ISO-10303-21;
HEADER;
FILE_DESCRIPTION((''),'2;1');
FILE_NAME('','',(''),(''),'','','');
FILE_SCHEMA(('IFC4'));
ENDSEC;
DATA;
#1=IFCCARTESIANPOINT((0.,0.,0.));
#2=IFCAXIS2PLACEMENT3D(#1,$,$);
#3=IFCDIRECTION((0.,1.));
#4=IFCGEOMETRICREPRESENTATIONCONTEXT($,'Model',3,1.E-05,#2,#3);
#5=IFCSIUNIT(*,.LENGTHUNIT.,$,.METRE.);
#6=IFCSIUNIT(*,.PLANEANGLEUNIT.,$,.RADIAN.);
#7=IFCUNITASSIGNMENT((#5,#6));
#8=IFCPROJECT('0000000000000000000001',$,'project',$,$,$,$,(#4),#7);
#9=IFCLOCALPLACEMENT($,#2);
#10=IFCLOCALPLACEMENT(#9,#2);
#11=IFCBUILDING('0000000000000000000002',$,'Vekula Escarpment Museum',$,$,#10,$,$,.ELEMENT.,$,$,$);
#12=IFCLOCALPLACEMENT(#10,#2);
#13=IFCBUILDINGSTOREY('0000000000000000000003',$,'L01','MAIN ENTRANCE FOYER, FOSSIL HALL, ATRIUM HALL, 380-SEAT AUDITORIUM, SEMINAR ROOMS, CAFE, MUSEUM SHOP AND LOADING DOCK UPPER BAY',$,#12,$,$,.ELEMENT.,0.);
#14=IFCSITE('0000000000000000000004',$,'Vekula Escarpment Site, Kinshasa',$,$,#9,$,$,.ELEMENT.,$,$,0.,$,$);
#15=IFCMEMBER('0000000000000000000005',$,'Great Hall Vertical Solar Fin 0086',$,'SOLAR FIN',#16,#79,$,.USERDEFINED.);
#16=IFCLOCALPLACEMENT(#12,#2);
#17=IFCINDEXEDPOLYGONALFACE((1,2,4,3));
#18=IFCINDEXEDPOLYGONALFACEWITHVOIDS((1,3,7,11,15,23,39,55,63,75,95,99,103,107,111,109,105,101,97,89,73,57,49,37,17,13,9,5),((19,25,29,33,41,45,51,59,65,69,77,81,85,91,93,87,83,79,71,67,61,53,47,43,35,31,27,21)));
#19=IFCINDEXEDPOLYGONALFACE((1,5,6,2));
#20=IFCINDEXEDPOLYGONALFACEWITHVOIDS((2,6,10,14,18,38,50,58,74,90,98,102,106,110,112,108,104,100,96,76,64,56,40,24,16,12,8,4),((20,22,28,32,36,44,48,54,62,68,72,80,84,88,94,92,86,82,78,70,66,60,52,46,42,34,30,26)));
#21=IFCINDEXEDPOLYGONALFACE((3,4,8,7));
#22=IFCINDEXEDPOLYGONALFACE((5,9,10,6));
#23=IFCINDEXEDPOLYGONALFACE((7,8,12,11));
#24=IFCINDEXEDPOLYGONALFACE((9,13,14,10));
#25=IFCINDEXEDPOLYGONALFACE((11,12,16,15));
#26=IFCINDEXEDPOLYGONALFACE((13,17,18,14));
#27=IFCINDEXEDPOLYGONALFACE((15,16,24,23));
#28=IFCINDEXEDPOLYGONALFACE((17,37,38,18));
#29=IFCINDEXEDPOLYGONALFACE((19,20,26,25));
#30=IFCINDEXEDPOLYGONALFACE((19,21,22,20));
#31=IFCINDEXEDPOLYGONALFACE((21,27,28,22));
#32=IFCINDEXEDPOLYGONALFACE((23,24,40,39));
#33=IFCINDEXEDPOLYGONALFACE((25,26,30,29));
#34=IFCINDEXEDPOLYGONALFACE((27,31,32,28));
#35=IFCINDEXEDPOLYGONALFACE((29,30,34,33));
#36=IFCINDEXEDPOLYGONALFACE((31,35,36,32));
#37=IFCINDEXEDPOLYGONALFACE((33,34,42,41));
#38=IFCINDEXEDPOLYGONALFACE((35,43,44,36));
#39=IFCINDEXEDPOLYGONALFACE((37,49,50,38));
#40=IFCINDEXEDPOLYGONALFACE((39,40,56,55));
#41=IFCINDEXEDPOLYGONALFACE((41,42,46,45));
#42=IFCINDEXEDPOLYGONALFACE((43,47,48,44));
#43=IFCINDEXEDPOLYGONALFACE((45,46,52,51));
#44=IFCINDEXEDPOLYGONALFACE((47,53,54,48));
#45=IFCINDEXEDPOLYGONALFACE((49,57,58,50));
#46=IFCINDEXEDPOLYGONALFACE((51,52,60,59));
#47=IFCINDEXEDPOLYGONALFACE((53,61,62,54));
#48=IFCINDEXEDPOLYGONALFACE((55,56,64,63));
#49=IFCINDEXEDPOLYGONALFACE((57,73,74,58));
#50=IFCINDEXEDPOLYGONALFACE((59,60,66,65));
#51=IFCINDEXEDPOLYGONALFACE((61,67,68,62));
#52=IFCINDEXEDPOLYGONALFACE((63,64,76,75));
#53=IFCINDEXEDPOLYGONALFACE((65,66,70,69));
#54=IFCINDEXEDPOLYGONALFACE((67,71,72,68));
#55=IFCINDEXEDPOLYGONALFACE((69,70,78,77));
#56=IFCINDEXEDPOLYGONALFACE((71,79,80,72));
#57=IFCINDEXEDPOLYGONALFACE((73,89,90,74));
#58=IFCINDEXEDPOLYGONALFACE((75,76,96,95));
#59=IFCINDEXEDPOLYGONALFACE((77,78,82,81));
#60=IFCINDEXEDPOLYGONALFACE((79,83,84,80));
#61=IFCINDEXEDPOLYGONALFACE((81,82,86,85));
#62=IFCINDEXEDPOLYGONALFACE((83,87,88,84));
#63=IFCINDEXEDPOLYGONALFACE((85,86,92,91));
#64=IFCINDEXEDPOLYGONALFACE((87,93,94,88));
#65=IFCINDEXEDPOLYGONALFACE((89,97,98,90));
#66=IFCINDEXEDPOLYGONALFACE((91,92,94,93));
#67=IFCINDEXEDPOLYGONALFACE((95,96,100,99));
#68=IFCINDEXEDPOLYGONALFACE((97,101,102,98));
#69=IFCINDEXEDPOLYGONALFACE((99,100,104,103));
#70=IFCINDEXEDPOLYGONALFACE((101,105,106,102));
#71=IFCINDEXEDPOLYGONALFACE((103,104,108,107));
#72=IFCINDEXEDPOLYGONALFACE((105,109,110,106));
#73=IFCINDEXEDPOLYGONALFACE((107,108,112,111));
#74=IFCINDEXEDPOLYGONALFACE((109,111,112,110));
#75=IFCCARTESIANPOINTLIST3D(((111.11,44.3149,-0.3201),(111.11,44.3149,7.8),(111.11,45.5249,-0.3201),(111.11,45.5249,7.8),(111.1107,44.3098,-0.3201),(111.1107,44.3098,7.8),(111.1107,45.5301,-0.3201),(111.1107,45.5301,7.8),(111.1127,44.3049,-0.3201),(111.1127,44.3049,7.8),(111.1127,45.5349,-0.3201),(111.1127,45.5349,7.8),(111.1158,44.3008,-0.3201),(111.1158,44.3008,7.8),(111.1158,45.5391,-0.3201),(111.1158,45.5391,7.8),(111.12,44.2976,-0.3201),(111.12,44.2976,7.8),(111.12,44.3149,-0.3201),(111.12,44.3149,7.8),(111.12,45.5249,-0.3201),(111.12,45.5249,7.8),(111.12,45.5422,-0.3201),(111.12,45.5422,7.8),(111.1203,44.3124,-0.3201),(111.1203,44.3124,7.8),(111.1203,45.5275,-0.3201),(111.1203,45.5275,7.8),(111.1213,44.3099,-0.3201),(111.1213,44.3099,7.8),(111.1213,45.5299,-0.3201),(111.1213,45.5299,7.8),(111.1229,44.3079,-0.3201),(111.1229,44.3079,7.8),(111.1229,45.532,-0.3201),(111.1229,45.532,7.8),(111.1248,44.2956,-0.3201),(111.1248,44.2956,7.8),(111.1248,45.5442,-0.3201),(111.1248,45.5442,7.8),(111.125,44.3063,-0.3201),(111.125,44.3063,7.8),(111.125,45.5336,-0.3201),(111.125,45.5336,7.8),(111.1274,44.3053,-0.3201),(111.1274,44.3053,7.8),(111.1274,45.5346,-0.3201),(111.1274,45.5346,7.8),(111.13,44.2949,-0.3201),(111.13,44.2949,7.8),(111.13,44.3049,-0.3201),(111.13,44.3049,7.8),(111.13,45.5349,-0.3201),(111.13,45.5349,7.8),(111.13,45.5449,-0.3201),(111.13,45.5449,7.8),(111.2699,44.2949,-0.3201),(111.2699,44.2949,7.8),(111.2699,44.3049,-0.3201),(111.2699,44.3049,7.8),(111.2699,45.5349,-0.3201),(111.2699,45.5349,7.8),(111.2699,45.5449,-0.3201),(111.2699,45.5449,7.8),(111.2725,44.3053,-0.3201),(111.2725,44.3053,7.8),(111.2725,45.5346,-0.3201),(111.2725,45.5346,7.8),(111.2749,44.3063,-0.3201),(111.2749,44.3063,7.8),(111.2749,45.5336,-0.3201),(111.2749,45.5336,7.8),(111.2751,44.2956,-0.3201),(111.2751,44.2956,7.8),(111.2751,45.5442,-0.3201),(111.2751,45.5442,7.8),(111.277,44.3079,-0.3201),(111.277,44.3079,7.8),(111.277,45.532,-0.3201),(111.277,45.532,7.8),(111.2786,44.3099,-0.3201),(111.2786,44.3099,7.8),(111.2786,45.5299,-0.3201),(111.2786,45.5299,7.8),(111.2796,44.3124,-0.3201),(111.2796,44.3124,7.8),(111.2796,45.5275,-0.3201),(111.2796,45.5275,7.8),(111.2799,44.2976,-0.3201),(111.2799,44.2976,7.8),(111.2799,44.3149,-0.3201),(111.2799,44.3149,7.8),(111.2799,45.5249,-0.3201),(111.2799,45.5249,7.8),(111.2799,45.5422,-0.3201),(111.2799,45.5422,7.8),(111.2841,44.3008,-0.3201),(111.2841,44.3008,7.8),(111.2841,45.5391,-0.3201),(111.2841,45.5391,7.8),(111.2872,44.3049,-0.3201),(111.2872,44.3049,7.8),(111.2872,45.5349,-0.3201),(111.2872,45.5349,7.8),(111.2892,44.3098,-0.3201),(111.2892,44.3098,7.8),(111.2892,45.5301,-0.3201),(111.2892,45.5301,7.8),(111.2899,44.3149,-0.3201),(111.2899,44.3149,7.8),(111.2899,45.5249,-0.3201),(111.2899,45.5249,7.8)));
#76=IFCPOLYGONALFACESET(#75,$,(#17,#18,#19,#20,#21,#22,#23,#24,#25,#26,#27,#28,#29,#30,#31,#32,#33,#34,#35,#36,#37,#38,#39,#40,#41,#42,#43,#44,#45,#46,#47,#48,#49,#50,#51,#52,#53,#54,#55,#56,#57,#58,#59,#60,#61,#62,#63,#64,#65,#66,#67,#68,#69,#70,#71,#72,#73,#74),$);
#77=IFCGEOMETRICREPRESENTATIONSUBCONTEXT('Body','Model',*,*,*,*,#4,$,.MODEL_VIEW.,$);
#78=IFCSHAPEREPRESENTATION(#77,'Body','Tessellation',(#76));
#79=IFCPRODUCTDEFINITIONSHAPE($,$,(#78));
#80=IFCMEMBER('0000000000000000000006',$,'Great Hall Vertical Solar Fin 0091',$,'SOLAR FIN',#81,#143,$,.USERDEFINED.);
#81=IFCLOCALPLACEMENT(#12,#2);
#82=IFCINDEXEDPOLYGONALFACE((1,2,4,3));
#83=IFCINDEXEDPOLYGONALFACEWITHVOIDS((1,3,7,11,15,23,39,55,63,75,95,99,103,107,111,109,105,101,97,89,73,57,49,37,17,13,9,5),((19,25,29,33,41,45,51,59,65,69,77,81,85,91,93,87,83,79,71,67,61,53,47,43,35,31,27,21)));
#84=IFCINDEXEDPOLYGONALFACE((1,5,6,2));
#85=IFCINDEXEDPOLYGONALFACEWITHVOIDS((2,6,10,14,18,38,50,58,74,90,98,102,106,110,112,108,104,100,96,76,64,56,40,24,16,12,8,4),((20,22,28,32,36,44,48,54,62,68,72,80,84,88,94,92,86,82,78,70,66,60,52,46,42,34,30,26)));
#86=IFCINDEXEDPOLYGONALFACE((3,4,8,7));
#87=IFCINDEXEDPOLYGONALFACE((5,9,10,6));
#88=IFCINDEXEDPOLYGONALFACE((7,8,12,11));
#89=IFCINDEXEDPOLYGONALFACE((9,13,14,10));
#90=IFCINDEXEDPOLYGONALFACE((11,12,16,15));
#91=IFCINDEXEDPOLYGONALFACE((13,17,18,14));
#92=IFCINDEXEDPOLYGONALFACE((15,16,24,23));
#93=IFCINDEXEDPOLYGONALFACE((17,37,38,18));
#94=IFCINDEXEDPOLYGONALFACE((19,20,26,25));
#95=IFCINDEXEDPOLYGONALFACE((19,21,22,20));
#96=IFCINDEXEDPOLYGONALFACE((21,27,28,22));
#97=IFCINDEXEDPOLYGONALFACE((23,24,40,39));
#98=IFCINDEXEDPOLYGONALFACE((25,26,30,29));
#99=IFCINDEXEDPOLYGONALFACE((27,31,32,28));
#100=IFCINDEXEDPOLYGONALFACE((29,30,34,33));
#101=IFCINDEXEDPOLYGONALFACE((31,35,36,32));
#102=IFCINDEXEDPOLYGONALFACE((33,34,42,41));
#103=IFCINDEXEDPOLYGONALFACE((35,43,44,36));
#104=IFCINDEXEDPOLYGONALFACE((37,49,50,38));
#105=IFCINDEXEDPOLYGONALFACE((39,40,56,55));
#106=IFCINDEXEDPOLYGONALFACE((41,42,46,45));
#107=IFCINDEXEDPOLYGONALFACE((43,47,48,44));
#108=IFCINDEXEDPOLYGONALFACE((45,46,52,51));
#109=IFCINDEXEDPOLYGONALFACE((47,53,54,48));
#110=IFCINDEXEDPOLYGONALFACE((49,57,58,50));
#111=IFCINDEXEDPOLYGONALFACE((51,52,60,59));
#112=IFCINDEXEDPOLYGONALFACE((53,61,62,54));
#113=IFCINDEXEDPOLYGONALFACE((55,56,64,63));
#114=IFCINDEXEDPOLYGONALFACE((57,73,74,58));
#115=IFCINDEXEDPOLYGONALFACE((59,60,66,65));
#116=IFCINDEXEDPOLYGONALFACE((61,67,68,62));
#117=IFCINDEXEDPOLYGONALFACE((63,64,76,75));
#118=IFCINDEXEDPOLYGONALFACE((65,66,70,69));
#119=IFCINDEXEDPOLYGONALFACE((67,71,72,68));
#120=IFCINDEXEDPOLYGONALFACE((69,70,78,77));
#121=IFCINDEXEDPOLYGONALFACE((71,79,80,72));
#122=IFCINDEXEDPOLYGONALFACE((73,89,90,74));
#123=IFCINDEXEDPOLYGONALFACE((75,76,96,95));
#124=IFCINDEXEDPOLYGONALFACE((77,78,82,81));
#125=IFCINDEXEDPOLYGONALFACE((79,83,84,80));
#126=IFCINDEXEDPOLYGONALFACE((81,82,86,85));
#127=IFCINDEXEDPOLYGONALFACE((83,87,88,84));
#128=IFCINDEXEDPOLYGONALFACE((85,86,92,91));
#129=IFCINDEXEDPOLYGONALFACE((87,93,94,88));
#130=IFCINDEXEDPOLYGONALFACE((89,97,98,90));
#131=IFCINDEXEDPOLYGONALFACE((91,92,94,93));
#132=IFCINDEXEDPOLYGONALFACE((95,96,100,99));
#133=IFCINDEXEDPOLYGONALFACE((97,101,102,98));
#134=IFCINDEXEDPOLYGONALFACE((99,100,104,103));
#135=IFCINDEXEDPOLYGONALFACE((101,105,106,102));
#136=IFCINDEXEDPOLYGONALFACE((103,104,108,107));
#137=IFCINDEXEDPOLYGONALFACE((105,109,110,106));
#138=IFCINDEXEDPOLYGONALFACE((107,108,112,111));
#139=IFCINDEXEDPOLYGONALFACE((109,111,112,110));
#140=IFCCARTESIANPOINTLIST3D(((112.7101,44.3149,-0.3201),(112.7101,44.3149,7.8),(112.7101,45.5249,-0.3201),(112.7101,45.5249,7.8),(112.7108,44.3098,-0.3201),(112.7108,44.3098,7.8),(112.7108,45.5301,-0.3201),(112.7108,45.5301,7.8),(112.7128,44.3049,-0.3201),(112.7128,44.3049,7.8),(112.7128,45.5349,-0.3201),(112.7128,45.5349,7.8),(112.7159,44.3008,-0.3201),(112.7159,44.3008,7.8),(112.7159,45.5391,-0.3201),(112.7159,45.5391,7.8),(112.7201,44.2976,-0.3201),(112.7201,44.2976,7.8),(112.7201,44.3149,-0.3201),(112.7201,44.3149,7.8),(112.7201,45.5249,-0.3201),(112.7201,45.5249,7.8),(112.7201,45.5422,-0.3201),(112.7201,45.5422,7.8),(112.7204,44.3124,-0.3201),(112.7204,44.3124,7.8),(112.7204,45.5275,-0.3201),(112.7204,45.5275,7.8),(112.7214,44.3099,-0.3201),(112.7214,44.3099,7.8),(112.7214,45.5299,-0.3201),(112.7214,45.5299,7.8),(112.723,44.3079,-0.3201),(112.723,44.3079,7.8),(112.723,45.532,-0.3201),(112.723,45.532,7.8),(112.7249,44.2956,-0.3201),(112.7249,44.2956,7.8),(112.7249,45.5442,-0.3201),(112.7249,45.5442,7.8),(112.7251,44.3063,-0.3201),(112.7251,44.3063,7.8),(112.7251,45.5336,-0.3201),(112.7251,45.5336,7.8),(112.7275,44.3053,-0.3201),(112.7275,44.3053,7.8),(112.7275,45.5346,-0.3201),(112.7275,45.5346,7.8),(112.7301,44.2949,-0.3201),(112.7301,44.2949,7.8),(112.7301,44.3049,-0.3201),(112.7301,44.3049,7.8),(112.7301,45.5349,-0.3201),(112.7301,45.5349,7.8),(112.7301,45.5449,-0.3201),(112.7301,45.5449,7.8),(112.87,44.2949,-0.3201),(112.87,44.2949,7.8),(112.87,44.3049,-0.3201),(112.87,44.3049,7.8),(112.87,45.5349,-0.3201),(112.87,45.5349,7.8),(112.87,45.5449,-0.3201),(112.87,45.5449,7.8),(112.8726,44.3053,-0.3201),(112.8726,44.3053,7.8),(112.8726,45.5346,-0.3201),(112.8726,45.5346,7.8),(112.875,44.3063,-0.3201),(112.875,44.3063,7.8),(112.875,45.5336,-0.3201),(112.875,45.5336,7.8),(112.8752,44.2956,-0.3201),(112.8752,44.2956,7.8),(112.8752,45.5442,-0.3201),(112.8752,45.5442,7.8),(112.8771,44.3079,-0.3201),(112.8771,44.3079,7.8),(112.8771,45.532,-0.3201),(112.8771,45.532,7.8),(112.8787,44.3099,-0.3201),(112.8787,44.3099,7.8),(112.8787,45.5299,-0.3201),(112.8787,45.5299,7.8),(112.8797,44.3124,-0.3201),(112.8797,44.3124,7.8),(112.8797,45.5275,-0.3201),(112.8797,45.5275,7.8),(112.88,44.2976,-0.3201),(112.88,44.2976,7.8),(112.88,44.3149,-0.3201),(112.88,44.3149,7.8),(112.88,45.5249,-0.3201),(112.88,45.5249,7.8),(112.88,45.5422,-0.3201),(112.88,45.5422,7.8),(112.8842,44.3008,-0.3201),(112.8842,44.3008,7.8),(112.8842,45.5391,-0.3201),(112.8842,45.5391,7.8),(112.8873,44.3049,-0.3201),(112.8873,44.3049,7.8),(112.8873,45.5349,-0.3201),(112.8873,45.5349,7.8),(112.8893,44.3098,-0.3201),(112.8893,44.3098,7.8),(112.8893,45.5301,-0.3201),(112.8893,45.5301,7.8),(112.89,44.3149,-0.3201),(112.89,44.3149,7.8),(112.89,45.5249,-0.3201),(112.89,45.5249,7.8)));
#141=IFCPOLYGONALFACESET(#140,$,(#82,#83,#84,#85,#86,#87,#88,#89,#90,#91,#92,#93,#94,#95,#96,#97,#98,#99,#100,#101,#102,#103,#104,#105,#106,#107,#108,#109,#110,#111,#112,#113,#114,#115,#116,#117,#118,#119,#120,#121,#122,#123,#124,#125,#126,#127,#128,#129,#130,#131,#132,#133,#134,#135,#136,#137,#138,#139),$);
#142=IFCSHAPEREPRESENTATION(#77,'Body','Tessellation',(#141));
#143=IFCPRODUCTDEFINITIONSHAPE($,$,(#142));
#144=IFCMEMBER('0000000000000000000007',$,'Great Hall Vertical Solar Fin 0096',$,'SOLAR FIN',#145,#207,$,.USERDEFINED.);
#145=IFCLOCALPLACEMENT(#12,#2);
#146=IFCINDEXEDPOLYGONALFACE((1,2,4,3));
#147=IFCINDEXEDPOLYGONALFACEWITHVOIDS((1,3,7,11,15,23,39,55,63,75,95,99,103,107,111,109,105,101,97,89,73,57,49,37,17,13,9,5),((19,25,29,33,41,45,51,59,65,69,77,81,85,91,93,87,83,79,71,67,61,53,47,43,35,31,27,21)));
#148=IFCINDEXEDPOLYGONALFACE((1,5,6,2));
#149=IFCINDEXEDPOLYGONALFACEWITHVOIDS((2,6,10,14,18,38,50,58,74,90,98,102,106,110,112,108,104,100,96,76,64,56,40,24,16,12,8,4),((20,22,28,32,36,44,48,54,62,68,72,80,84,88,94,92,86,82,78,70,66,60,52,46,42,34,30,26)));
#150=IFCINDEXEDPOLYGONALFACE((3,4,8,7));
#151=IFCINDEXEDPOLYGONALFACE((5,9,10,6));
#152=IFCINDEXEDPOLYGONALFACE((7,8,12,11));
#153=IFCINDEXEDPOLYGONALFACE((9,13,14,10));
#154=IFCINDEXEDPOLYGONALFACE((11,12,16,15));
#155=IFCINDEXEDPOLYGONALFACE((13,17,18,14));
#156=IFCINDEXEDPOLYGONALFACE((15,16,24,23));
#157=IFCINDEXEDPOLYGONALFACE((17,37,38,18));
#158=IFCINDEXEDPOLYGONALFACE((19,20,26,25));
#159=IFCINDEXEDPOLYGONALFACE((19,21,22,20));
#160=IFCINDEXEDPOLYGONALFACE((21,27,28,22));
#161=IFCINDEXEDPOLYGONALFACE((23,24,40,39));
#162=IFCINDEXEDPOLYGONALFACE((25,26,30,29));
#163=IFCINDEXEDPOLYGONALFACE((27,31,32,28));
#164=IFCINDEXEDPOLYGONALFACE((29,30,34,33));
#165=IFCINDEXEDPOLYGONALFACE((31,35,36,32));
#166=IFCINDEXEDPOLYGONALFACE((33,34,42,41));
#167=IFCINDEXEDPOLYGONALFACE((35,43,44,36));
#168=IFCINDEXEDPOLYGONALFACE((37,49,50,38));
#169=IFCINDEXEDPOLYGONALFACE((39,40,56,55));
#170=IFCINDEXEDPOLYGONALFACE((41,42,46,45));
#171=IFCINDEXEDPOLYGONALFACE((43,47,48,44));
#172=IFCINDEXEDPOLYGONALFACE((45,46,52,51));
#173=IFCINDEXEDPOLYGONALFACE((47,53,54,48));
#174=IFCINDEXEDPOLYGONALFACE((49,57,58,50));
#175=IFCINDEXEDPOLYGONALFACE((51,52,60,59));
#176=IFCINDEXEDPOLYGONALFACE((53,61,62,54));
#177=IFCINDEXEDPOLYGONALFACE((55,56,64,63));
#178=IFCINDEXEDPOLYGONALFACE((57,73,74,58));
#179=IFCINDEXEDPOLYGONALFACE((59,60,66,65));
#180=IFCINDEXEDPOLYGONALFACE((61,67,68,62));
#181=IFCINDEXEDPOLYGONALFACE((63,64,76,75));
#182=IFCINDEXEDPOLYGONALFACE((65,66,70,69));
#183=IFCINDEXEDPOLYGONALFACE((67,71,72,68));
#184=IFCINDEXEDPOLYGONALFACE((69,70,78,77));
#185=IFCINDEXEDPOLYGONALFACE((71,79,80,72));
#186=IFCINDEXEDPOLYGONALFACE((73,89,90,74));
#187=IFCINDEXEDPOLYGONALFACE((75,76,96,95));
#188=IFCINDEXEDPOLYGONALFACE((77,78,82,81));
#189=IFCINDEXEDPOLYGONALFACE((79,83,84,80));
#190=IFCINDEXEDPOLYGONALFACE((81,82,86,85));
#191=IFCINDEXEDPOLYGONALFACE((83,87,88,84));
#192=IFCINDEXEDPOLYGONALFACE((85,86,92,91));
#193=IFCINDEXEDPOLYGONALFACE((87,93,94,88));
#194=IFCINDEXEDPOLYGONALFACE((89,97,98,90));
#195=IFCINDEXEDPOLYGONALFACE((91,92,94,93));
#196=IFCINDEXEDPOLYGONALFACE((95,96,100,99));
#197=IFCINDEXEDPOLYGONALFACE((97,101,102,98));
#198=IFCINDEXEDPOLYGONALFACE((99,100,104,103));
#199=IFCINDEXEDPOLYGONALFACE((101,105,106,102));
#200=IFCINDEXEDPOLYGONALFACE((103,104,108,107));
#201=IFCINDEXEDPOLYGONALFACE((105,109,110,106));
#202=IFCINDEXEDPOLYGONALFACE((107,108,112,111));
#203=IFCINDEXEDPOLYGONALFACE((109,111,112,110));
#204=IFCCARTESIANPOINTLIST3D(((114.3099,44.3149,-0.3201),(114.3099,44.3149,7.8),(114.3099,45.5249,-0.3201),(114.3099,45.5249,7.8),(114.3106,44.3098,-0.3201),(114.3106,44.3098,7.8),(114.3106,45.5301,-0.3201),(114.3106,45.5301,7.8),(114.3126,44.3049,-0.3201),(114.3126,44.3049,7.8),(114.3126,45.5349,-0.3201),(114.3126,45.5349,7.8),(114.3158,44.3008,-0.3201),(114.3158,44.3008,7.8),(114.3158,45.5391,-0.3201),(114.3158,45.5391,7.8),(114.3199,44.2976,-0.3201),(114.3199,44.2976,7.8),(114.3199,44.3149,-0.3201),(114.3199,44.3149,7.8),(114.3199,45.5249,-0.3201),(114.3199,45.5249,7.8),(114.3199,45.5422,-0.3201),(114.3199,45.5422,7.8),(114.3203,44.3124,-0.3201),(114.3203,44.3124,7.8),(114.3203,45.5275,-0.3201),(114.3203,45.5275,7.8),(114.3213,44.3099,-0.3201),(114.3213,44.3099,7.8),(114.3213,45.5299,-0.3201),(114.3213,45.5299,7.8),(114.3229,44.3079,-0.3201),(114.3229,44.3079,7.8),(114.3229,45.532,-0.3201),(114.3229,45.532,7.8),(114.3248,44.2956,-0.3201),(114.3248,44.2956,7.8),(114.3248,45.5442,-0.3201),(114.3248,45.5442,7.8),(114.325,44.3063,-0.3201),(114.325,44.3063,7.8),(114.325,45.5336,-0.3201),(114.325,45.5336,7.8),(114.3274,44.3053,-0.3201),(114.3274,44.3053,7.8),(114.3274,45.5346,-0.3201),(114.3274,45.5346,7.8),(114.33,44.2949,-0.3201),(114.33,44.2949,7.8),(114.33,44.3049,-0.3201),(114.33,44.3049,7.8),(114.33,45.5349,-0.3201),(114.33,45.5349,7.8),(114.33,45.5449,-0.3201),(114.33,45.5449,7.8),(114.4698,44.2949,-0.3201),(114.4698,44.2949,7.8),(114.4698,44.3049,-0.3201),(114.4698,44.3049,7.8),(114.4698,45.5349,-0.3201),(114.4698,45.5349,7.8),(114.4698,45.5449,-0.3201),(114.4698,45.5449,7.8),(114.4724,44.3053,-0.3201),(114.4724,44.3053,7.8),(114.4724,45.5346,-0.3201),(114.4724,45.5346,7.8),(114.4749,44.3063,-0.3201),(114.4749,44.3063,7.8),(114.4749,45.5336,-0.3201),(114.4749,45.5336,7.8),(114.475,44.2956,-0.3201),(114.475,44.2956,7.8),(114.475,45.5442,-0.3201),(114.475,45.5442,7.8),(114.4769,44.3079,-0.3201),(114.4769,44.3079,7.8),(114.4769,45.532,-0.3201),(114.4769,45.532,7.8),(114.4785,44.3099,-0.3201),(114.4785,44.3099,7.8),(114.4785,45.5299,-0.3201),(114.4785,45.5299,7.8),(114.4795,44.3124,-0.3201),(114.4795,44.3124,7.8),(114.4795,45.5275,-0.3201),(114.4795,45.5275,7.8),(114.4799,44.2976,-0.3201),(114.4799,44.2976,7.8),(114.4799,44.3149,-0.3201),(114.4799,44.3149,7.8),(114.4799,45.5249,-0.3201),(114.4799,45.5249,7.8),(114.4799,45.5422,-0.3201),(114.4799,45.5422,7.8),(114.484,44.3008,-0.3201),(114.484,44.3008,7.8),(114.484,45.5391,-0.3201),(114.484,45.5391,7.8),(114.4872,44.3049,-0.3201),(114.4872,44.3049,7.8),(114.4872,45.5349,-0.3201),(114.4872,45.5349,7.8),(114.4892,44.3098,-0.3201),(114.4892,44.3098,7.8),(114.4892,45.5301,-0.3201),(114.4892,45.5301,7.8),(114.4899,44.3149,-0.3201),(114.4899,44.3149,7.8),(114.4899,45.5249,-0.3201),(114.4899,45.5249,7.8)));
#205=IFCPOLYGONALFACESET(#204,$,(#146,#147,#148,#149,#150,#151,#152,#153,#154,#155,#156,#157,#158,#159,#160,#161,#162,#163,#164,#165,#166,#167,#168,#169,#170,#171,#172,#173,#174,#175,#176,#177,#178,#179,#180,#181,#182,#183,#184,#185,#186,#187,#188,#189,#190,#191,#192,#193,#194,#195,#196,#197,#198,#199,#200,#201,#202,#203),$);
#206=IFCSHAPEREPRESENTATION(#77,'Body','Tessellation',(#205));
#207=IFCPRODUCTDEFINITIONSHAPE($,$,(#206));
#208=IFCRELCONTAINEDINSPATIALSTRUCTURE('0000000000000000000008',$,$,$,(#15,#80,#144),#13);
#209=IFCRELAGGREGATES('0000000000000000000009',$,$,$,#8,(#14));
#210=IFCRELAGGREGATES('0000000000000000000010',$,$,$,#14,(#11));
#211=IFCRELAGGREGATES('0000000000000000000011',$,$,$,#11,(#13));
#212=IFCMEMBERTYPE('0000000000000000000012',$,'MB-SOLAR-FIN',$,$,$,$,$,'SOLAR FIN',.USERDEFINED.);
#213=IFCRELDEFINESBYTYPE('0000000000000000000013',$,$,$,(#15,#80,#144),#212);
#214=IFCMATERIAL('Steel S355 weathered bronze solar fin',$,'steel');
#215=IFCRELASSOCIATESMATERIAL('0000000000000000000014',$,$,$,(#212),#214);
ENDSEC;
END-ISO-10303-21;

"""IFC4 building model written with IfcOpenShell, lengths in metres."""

from ifc_helpers import new_model, si_unit, direction, frame, origin, origin_2d, place, context, subcontext, project, spatial, hollow_rectangle, extrude, material, material_profile, profile_set, type_object, element, save


model = new_model("IFC4")

# Units and contexts
model_context = context("Model", 3, precision=1e-05, world=origin(), true_north=direction((0.0, 1.0)))
body_context = subcontext(model_context, "Body", "Model", "MODEL_VIEW")
ifc_project = project(units=[si_unit("LENGTHUNIT", "METRE"), si_unit("PLANEANGLEUNIT", "RADIAN")], contexts=[model_context])

# Site, building, storey
site_placement = place(None, origin())
site = spatial("IfcSite", under=ifc_project, at=site_placement, Name="Vekula Escarpment Site, Kinshasa", CompositionType="ELEMENT", RefElevation=0.0)
building_placement = place(site_placement, origin())
building = spatial("IfcBuilding", under=site, at=building_placement, Name="Vekula Escarpment Museum", CompositionType="ELEMENT")
storey_placement = place(building_placement, origin())
storey = spatial("IfcBuildingStorey", under=building, at=storey_placement, Name="L01", Description="MAIN ENTRANCE FOYER, FOSSIL HALL, ATRIUM HALL, 380-SEAT AUDITORIUM, SEMINAR ROOMS, CAFE, MUSEUM SHOP AND LOADING DOCK UPPER BAY", CompositionType="ELEMENT", Elevation=0.0)

# Members
ifc_material_1 = material(Name="Steel S355 weathered bronze solar fin", Category="steel")
ifc_material_profile_1 = material_profile(ifc_material_1, hollow_rectangle(XDim=0.1799, YDim=1.25, WallThickness=0.01, InnerFilletRadius=0.01, OuterFilletRadius=0.02, at=origin_2d()), Name="RHS 1250x180x10")
ifc_profile_set_1 = profile_set([ifc_material_profile_1], Name="Steel S355 weathered bronze solar fin")
member_type_1 = type_object("IfcMemberType", Name="MB-SOLAR-FIN", ElementType="SOLAR FIN", PredefinedType="USERDEFINED", material=ifc_profile_set_1)
for number, where, z_axis, x_axis, name in (
    (1, (111.2, 44.9199, -0.3201), (0.0, 0.0, 1.0), (1.0, 0.0, 0.0), "Great Hall Vertical Solar Fin 0086"),
    (2, (112.8, 44.9199, -0.3201), (0.0, 0.0, 1.0), (1.0, 0.0, 0.0), "Great Hall Vertical Solar Fin 0091"),
    (3, (114.3999, 44.9199, -0.3201), (0.0, 0.0, 1.0), (1.0, 0.0, 0.0), "Great Hall Vertical Solar Fin 0096"),
):
    element("IfcMember", number, at=place(storey_placement, frame(where, z_axis=z_axis, x_axis=x_axis)), inside=storey, type_object=member_type_1, Name=name, ObjectType="SOLAR FIN", PredefinedType="USERDEFINED", context=body_context, shape_type="SweptSolid", body=[
        extrude(hollow_rectangle(XDim=0.1799, YDim=1.25, WallThickness=0.01, InnerFilletRadius=0.01, OuterFilletRadius=0.02, at=origin_2d()), origin(), (0.0, 0.0, 1.0), 8.1201),
    ])

save(model, "model.ifc")
